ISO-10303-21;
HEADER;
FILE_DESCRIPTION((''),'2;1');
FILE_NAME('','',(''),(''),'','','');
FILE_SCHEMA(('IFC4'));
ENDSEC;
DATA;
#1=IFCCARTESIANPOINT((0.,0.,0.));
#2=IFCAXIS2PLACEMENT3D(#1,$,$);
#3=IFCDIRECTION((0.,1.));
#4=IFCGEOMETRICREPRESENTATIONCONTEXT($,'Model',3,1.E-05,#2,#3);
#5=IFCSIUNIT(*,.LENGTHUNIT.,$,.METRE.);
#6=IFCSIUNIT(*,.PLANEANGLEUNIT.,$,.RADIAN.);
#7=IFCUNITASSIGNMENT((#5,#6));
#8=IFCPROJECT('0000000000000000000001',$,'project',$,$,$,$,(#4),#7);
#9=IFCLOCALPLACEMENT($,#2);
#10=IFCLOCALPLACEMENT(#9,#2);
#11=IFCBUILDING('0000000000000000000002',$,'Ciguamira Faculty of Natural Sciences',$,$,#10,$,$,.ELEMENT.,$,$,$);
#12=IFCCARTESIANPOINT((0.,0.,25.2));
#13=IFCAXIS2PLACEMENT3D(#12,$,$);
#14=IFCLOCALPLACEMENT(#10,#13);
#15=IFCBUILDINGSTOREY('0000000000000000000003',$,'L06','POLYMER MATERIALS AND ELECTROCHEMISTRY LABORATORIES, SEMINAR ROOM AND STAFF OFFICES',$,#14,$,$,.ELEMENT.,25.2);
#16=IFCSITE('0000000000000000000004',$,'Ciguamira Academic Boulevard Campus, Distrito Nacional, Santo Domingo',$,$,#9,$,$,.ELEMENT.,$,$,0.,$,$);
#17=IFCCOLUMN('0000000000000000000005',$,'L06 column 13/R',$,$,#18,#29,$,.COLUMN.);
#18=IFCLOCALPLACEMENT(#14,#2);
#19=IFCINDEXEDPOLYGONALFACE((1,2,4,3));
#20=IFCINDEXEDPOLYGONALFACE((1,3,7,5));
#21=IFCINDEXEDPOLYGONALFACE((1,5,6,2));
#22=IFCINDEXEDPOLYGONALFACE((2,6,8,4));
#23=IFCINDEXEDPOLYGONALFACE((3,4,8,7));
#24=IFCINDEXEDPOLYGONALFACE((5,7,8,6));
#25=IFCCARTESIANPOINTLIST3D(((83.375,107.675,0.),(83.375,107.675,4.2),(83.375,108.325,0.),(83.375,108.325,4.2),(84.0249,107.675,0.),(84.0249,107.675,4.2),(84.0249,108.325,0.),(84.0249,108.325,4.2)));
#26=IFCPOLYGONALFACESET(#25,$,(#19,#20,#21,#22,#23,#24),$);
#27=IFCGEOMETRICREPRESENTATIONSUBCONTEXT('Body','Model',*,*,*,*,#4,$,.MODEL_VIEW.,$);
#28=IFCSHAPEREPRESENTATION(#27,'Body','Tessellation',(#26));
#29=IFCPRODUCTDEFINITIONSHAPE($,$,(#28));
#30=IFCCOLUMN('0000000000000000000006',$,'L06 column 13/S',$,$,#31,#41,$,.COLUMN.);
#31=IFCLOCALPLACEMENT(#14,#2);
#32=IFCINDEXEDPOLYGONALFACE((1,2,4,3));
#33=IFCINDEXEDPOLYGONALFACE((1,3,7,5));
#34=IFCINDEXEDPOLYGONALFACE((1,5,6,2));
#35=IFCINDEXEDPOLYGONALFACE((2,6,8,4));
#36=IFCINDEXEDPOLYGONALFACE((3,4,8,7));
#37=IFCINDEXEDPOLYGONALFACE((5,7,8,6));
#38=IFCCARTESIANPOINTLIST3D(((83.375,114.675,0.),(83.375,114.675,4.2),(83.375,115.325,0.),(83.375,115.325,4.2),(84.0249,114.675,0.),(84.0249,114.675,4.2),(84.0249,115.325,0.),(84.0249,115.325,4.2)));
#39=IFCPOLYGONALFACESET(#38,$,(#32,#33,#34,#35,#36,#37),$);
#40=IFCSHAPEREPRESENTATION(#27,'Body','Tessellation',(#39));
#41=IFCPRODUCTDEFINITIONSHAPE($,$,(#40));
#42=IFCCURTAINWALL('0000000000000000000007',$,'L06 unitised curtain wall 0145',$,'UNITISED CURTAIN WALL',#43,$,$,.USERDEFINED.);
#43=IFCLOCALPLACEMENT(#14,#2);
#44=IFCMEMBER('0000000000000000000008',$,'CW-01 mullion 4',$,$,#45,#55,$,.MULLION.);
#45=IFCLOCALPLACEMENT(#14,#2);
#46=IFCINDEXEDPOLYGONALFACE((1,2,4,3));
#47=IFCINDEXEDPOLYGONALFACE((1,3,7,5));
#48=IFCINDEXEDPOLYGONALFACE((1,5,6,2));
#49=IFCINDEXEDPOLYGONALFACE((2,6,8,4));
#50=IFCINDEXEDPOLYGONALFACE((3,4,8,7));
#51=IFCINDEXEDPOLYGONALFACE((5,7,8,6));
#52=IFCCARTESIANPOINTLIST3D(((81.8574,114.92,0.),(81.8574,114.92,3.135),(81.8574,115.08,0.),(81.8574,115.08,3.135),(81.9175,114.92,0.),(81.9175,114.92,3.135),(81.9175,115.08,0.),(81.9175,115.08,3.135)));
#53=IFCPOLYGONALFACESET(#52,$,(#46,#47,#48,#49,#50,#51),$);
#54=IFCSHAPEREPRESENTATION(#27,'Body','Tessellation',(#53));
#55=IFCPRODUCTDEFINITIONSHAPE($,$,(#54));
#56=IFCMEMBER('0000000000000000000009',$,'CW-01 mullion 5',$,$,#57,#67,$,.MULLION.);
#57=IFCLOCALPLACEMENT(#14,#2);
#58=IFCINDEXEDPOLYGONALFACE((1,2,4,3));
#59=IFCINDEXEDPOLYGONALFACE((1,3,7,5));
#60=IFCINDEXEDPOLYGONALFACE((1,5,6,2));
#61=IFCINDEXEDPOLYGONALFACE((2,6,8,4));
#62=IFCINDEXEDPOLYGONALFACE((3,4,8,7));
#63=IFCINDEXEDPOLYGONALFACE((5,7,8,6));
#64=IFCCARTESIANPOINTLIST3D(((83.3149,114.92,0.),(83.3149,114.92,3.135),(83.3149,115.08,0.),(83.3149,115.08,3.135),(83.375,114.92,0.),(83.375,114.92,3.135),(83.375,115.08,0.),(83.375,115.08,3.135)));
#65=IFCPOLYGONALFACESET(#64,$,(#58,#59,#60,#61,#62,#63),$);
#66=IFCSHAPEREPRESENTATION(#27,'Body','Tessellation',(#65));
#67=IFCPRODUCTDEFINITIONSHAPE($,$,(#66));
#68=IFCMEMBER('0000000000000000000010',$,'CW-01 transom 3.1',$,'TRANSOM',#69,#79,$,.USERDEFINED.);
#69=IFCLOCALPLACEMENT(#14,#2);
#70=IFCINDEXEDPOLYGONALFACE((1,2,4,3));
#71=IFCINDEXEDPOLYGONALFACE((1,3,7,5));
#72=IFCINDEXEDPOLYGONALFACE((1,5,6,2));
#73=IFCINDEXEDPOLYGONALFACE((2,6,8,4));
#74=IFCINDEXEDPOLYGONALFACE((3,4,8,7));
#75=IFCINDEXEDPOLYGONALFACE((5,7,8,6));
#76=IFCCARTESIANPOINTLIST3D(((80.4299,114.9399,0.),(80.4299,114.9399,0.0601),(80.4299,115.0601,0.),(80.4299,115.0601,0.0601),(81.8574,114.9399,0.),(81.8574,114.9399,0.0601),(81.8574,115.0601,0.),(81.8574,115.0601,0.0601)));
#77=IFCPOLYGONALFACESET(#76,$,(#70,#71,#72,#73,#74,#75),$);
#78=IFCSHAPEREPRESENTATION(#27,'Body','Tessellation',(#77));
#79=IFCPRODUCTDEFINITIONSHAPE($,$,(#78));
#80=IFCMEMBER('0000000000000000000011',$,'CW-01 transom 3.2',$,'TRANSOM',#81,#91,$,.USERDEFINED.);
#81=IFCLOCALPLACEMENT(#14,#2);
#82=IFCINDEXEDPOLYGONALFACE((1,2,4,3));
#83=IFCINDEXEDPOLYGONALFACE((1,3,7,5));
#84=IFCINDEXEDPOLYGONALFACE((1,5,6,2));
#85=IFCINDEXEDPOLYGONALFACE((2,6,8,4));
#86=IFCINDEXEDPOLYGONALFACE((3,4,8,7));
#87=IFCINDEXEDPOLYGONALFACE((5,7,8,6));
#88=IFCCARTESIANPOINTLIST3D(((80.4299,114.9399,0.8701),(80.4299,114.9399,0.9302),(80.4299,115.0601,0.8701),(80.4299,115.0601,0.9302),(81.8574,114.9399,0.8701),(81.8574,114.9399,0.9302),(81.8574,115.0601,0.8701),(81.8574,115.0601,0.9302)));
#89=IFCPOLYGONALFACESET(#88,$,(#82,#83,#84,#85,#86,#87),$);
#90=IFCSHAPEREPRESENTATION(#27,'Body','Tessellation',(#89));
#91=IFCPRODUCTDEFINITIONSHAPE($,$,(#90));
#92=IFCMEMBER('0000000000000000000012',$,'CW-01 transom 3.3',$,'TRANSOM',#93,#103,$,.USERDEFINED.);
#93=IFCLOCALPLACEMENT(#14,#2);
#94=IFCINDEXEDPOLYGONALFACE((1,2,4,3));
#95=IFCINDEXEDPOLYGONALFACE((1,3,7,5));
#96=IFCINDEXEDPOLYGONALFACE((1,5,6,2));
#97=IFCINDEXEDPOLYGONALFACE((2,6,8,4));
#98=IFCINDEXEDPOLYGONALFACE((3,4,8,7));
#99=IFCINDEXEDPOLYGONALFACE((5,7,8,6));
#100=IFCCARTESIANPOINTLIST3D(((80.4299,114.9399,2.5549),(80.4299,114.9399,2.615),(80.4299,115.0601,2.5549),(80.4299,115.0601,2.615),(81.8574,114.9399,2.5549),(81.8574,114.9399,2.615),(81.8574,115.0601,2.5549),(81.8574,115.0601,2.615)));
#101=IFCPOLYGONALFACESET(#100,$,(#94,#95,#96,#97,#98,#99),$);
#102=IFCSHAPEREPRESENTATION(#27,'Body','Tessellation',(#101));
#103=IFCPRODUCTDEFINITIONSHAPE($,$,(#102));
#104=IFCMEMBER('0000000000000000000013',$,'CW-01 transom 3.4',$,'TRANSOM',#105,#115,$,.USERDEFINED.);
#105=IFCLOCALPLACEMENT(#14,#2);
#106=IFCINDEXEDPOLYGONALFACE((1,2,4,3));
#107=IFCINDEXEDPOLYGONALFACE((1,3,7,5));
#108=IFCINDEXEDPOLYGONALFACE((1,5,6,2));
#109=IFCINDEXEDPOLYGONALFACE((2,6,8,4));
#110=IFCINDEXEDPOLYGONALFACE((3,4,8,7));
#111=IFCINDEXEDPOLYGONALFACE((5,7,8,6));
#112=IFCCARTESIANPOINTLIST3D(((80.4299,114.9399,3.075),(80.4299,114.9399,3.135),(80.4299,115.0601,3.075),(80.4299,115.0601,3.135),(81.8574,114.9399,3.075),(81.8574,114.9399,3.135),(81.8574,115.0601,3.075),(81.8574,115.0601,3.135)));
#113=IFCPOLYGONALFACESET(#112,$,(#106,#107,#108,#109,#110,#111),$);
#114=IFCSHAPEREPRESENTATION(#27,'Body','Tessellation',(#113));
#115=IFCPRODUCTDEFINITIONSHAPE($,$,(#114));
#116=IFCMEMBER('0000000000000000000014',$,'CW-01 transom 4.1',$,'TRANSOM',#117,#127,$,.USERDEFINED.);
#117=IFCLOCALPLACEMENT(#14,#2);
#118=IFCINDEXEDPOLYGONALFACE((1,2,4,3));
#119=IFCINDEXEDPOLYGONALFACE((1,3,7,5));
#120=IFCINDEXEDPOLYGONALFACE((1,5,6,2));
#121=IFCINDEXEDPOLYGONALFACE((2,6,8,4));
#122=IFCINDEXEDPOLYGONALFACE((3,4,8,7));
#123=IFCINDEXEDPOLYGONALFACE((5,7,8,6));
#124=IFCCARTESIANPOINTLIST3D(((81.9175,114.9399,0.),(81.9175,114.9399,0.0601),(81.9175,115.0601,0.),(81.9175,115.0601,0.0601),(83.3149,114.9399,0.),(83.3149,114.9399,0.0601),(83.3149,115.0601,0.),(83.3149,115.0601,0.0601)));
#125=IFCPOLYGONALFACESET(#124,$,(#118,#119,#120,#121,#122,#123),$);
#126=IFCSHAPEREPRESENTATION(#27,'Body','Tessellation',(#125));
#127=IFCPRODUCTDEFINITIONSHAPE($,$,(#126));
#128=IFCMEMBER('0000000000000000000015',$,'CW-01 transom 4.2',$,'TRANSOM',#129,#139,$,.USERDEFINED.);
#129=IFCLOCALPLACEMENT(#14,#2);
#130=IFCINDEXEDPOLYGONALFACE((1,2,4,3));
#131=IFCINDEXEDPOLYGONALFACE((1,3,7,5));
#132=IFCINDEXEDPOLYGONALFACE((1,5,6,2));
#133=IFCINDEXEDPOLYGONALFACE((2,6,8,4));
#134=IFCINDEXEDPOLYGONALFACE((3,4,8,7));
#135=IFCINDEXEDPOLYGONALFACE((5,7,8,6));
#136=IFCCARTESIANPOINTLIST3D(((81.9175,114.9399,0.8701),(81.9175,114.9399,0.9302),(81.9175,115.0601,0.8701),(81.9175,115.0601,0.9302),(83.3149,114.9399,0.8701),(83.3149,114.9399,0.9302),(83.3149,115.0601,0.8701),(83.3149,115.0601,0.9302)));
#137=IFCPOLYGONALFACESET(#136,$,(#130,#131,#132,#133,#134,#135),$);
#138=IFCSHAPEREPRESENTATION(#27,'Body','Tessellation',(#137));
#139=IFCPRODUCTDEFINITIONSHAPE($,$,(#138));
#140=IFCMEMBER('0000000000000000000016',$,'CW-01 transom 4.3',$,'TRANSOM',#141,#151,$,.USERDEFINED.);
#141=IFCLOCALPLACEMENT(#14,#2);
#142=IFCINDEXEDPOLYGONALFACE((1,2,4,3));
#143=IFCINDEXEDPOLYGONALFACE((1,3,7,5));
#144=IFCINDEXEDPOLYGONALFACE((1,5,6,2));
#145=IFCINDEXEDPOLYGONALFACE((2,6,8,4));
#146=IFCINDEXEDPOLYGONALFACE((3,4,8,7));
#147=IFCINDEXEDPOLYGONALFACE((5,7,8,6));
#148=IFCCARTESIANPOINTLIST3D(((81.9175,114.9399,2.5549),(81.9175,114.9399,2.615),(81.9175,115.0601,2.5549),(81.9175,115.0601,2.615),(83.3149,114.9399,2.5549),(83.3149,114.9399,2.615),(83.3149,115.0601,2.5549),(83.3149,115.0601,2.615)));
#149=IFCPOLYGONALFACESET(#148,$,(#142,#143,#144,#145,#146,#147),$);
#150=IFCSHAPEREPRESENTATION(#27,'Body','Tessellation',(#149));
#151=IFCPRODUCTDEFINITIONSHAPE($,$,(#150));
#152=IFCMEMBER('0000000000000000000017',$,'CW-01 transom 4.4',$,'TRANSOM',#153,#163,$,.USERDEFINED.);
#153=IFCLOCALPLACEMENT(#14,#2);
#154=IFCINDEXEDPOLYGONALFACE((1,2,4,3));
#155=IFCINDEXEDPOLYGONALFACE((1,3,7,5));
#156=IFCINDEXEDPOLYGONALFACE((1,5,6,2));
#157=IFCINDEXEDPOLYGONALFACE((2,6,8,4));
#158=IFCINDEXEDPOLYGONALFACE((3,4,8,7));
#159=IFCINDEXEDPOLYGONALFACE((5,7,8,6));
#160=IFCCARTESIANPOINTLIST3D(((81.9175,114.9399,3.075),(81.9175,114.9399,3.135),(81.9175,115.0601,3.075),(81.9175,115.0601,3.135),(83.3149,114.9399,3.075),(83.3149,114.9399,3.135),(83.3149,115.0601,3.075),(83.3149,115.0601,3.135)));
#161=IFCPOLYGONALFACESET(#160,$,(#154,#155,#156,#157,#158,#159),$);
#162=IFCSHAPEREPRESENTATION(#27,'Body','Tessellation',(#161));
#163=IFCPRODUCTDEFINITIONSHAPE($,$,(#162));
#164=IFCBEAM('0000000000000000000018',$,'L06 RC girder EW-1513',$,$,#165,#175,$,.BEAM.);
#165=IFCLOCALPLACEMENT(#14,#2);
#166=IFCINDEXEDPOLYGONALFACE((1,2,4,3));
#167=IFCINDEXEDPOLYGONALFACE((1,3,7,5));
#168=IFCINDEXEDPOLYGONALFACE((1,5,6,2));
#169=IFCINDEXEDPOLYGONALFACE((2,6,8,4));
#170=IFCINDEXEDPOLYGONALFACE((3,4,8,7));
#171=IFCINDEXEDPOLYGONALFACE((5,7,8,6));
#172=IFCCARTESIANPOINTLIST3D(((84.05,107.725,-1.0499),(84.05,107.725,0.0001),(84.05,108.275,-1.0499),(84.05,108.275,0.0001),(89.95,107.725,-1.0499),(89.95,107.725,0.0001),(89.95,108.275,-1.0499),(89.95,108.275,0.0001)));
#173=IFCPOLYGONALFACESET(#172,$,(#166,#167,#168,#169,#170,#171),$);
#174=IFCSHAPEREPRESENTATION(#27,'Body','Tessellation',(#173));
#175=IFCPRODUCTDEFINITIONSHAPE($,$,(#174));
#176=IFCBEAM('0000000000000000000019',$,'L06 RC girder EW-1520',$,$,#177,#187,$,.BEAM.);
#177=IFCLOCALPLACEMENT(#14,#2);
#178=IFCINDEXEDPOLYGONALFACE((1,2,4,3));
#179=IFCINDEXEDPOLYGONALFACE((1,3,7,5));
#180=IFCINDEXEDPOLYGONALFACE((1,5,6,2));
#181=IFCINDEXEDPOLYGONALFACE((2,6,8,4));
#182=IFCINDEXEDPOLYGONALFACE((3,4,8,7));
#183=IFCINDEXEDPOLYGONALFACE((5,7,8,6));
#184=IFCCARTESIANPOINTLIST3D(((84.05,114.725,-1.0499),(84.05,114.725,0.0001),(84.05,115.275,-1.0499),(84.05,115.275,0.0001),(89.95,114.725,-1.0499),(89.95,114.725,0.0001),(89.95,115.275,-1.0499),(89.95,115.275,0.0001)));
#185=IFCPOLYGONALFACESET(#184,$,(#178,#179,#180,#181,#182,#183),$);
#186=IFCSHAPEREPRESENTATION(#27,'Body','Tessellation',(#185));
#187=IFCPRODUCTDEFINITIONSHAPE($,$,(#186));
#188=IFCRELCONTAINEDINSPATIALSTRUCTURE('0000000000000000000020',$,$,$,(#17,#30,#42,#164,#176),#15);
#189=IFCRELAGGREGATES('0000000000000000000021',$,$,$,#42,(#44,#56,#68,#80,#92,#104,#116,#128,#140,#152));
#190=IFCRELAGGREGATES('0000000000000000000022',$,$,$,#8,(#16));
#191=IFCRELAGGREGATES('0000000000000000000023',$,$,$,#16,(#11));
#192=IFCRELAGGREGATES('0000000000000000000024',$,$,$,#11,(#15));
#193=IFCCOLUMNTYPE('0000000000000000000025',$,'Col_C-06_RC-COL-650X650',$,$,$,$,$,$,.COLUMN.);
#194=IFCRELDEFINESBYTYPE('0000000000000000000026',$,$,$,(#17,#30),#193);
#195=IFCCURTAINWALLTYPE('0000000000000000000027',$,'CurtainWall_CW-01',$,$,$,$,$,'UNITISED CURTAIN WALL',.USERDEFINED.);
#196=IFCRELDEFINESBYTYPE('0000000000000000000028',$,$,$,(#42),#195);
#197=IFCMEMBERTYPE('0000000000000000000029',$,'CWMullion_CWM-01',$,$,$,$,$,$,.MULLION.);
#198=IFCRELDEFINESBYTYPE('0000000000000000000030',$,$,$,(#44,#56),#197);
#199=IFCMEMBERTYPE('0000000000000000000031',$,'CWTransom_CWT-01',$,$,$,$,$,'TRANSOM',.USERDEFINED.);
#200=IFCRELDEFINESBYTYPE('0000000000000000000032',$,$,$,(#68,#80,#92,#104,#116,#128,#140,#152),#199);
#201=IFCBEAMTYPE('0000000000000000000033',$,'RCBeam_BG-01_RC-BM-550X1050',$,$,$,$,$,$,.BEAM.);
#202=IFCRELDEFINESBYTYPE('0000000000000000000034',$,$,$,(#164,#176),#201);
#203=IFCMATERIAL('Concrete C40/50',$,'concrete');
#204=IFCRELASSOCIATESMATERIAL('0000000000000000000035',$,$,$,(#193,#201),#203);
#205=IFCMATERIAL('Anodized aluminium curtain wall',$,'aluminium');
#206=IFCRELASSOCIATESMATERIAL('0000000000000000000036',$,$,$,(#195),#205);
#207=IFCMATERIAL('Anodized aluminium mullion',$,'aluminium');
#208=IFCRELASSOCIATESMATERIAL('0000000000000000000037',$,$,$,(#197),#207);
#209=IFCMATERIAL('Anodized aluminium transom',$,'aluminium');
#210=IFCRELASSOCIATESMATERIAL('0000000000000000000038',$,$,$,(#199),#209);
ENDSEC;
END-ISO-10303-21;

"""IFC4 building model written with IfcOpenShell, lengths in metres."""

from ifc_helpers import new_model, si_unit, direction, frame, origin, origin_2d, place, context, subcontext, project, spatial, rectangle, extrude, material, material_profile, profile_set, type_object, element, aggregate, save


model = new_model("IFC4")

# Units and contexts
model_context = context("Model", 3, precision=1e-05, world=origin(), true_north=direction((0.0, 1.0)))
body_context = subcontext(model_context, "Body", "Model", "MODEL_VIEW")
ifc_project = project(units=[si_unit("LENGTHUNIT", "METRE"), si_unit("PLANEANGLEUNIT", "RADIAN")], contexts=[model_context])

# Site, building, storey
site_placement = place(None, origin())
site = spatial("IfcSite", under=ifc_project, at=site_placement, Name="Ciguamira Academic Boulevard Campus, Distrito Nacional, Santo Domingo", CompositionType="ELEMENT", RefElevation=0.0)
building_placement = place(site_placement, origin())
building = spatial("IfcBuilding", under=site, at=building_placement, Name="Ciguamira Faculty of Natural Sciences", CompositionType="ELEMENT")
storey_placement = place(building_placement, frame((0.0, 0.0, 25.2)))
storey = spatial("IfcBuildingStorey", under=building, at=storey_placement, Name="L06", Description="POLYMER MATERIALS AND ELECTROCHEMISTRY LABORATORIES, SEMINAR ROOM AND STAFF OFFICES", CompositionType="ELEMENT", Elevation=25.2)

# Columns
ifc_material_1 = material(Name="Concrete C40/50", Category="concrete")
ifc_material_profile_1 = material_profile(ifc_material_1, rectangle(XDim=0.6499, YDim=0.6499, at=origin_2d()), Name="RC-COL-650X650")
ifc_profile_set_1 = profile_set([ifc_material_profile_1], Name="Concrete C40/50")
column_type = type_object("IfcColumnType", Name="Col_C-06_RC-COL-650X650", PredefinedType="COLUMN", material=ifc_profile_set_1)
for number, where, z_axis, x_axis, name in (
    (1, (83.7, 108.0, 0.0), (0.0, 0.0, 1.0), (1.0, 0.0, 0.0), "L06 column 13/R"),
    (2, (83.7, 115.0, 0.0), (0.0, 0.0, 1.0), (1.0, 0.0, 0.0), "L06 column 13/S"),
):
    element("IfcColumn", number, at=place(storey_placement, frame(where, z_axis=z_axis, x_axis=x_axis)), inside=storey, type_object=column_type, Name=name, PredefinedType="COLUMN", context=body_context, shape_type="SweptSolid", body=[
        extrude(rectangle(XDim=0.6499, YDim=0.6499, at=origin_2d()), origin(), (0.0, 0.0, 1.0), 4.2),
    ])

# Curtain wall, members
ifc_material_2 = material(Name="Anodized aluminium curtain wall", Category="aluminium")
curtain_wall_type = type_object("IfcCurtainWallType", Name="CurtainWall_CW-01", ElementType="UNITISED CURTAIN WALL", PredefinedType="USERDEFINED", material=ifc_material_2)
curtain_wall_placement = place(storey_placement, origin())
curtain_wall = element("IfcCurtainWall", 3, at=curtain_wall_placement, inside=storey, type_object=curtain_wall_type, Name="L06 unitised curtain wall 0145", ObjectType="UNITISED CURTAIN WALL", PredefinedType="USERDEFINED")
ifc_material_3 = material(Name="Anodized aluminium mullion", Category="aluminium")
ifc_material_profile_2 = material_profile(ifc_material_3, rectangle(XDim=0.0601, YDim=0.1599, at=origin_2d()), Name="ALU-MUL-60X160")
ifc_profile_set_2 = profile_set([ifc_material_profile_2], Name="Anodized aluminium mullion")
member_type_1 = type_object("IfcMemberType", Name="CWMullion_CWM-01", PredefinedType="MULLION", material=ifc_profile_set_2)
member_1_placement = place(storey_placement, frame((81.8875, 115.0, 0.0), z_axis=(0.0, 0.0, 1.0), x_axis=(1.0, 0.0, 0.0)))
member_1 = element("IfcMember", 4, at=member_1_placement, type_object=member_type_1, Name="CW-01 mullion 4", PredefinedType="MULLION", context=body_context, shape_type="SweptSolid", body=[
    extrude(rectangle(XDim=0.0601, YDim=0.1599, at=origin_2d()), origin(), (0.0, 0.0, 1.0), 3.135),
])
member_2_placement = place(storey_placement, frame((83.345, 115.0, 0.0), z_axis=(0.0, 0.0, 1.0), x_axis=(1.0, 0.0, 0.0)))
member_2 = element("IfcMember", 5, at=member_2_placement, type_object=member_type_1, Name="CW-01 mullion 5", PredefinedType="MULLION", context=body_context, shape_type="SweptSolid", body=[
    extrude(rectangle(XDim=0.0601, YDim=0.1599, at=origin_2d()), origin(), (0.0, 0.0, 1.0), 3.135),
])
ifc_material_4 = material(Name="Anodized aluminium transom", Category="aluminium")
ifc_material_profile_3 = material_profile(ifc_material_4, rectangle(XDim=0.0601, YDim=0.1201, at=origin_2d()), Name="ALU-TRN-60X120")
ifc_profile_set_3 = profile_set([ifc_material_profile_3], Name="Anodized aluminium transom")
member_type_2 = type_object("IfcMemberType", Name="CWTransom_CWT-01", ElementType="TRANSOM", PredefinedType="USERDEFINED", material=ifc_profile_set_3)
member_3_placement = place(storey_placement, frame((80.4299, 115.0, 0.03), z_axis=(1.0, 0.0, 0.0), x_axis=(0.0, 0.0, 1.0)))
member_3 = element("IfcMember", 6, at=member_3_placement, type_object=member_type_2, Name="CW-01 transom 3.1", ObjectType="TRANSOM", PredefinedType="USERDEFINED", context=body_context, shape_type="SweptSolid", body=[
    extrude(rectangle(XDim=0.0601, YDim=0.1201, at=origin_2d()), origin(), (0.0, 0.0, 1.0), 1.4275),
])
member_4_placement = place(storey_placement, frame((80.4299, 115.0, 0.9001), z_axis=(1.0, 0.0, 0.0), x_axis=(0.0, 0.0, 1.0)))
member_4 = element("IfcMember", 7, at=member_4_placement, type_object=member_type_2, Name="CW-01 transom 3.2", ObjectType="TRANSOM", PredefinedType="USERDEFINED", context=body_context, shape_type="SweptSolid", body=[
    extrude(rectangle(XDim=0.0601, YDim=0.1201, at=origin_2d()), origin(), (0.0, 0.0, 1.0), 1.4275),
])
member_5_placement = place(storey_placement, frame((80.4299, 115.0, 2.585), z_axis=(1.0, 0.0, 0.0), x_axis=(0.0, 0.0, 1.0)))
member_5 = element("IfcMember", 8, at=member_5_placement, type_object=member_type_2, Name="CW-01 transom 3.3", ObjectType="TRANSOM", PredefinedType="USERDEFINED", context=body_context, shape_type="SweptSolid", body=[
    extrude(rectangle(XDim=0.0601, YDim=0.1201, at=origin_2d()), origin(), (0.0, 0.0, 1.0), 1.4275),
])
member_6_placement = place(storey_placement, frame((80.4299, 115.0, 3.105), z_axis=(1.0, 0.0, 0.0), x_axis=(0.0, 0.0, 1.0)))
member_6 = element("IfcMember", 9, at=member_6_placement, type_object=member_type_2, Name="CW-01 transom 3.4", ObjectType="TRANSOM", PredefinedType="USERDEFINED", context=body_context, shape_type="SweptSolid", body=[
    extrude(rectangle(XDim=0.0601, YDim=0.1201, at=origin_2d()), origin(), (0.0, 0.0, 1.0), 1.4275),
])
member_7_placement = place(storey_placement, frame((81.9175, 115.0, 0.03), z_axis=(1.0, 0.0, 0.0), x_axis=(0.0, 0.0, 1.0)))
member_7 = element("IfcMember", 10, at=member_7_placement, type_object=member_type_2, Name="CW-01 transom 4.1", ObjectType="TRANSOM", PredefinedType="USERDEFINED", context=body_context, shape_type="SweptSolid", body=[
    extrude(rectangle(XDim=0.0601, YDim=0.1201, at=origin_2d()), origin(), (0.0, 0.0, 1.0), 1.3975),
])
member_8_placement = place(storey_placement, frame((81.9175, 115.0, 0.9001), z_axis=(1.0, 0.0, 0.0), x_axis=(0.0, 0.0, 1.0)))
member_8 = element("IfcMember", 11, at=member_8_placement, type_object=member_type_2, Name="CW-01 transom 4.2", ObjectType="TRANSOM", PredefinedType="USERDEFINED", context=body_context, shape_type="SweptSolid", body=[
    extrude(rectangle(XDim=0.0601, YDim=0.1201, at=origin_2d()), origin(), (0.0, 0.0, 1.0), 1.3975),
])
member_9_placement = place(storey_placement, frame((81.9175, 115.0, 2.585), z_axis=(1.0, 0.0, 0.0), x_axis=(0.0, 0.0, 1.0)))
member_9 = element("IfcMember", 12, at=member_9_placement, type_object=member_type_2, Name="CW-01 transom 4.3", ObjectType="TRANSOM", PredefinedType="USERDEFINED", context=body_context, shape_type="SweptSolid", body=[
    extrude(rectangle(XDim=0.0601, YDim=0.1201, at=origin_2d()), origin(), (0.0, 0.0, 1.0), 1.3975),
])
member_10_placement = place(storey_placement, frame((81.9175, 115.0, 3.105), z_axis=(1.0, 0.0, 0.0), x_axis=(0.0, 0.0, 1.0)))
member_10 = element("IfcMember", 13, at=member_10_placement, type_object=member_type_2, Name="CW-01 transom 4.4", ObjectType="TRANSOM", PredefinedType="USERDEFINED", context=body_context, shape_type="SweptSolid", body=[
    extrude(rectangle(XDim=0.0601, YDim=0.1201, at=origin_2d()), origin(), (0.0, 0.0, 1.0), 1.3975),
])

# Beams
ifc_material_profile_4 = material_profile(ifc_material_1, rectangle(XDim=0.55, YDim=1.05, at=origin_2d()), Name="RC-BM-550X1050")
ifc_profile_set_4 = profile_set([ifc_material_profile_4], Name="Concrete C40/50")
beam_type_1 = type_object("IfcBeamType", Name="RCBeam_BG-01_RC-BM-550X1050", PredefinedType="BEAM", material=ifc_profile_set_4)
for number, where, z_axis, x_axis, name in (
    (14, (84.05, 108.0, -0.5249), (1.0, 0.0, 0.0), (0.0, 1.0, 0.0), "L06 RC girder EW-1513"),
    (15, (84.05, 115.0, -0.5249), (1.0, 0.0, 0.0), (0.0, 1.0, 0.0), "L06 RC girder EW-1520"),
):
    element("IfcBeam", number, at=place(storey_placement, frame(where, z_axis=z_axis, x_axis=x_axis)), inside=storey, type_object=beam_type_1, Name=name, PredefinedType="BEAM", context=body_context, shape_type="SweptSolid", body=[
        extrude(rectangle(XDim=0.55, YDim=1.05, at=origin_2d()), origin(), (0.0, 0.0, 1.0), 5.8999),
    ])

aggregate(curtain_wall, [member_1, member_2, member_3, member_4, member_5, member_6, member_7, member_8, member_9, member_10])

save(model, "model.ifc")
